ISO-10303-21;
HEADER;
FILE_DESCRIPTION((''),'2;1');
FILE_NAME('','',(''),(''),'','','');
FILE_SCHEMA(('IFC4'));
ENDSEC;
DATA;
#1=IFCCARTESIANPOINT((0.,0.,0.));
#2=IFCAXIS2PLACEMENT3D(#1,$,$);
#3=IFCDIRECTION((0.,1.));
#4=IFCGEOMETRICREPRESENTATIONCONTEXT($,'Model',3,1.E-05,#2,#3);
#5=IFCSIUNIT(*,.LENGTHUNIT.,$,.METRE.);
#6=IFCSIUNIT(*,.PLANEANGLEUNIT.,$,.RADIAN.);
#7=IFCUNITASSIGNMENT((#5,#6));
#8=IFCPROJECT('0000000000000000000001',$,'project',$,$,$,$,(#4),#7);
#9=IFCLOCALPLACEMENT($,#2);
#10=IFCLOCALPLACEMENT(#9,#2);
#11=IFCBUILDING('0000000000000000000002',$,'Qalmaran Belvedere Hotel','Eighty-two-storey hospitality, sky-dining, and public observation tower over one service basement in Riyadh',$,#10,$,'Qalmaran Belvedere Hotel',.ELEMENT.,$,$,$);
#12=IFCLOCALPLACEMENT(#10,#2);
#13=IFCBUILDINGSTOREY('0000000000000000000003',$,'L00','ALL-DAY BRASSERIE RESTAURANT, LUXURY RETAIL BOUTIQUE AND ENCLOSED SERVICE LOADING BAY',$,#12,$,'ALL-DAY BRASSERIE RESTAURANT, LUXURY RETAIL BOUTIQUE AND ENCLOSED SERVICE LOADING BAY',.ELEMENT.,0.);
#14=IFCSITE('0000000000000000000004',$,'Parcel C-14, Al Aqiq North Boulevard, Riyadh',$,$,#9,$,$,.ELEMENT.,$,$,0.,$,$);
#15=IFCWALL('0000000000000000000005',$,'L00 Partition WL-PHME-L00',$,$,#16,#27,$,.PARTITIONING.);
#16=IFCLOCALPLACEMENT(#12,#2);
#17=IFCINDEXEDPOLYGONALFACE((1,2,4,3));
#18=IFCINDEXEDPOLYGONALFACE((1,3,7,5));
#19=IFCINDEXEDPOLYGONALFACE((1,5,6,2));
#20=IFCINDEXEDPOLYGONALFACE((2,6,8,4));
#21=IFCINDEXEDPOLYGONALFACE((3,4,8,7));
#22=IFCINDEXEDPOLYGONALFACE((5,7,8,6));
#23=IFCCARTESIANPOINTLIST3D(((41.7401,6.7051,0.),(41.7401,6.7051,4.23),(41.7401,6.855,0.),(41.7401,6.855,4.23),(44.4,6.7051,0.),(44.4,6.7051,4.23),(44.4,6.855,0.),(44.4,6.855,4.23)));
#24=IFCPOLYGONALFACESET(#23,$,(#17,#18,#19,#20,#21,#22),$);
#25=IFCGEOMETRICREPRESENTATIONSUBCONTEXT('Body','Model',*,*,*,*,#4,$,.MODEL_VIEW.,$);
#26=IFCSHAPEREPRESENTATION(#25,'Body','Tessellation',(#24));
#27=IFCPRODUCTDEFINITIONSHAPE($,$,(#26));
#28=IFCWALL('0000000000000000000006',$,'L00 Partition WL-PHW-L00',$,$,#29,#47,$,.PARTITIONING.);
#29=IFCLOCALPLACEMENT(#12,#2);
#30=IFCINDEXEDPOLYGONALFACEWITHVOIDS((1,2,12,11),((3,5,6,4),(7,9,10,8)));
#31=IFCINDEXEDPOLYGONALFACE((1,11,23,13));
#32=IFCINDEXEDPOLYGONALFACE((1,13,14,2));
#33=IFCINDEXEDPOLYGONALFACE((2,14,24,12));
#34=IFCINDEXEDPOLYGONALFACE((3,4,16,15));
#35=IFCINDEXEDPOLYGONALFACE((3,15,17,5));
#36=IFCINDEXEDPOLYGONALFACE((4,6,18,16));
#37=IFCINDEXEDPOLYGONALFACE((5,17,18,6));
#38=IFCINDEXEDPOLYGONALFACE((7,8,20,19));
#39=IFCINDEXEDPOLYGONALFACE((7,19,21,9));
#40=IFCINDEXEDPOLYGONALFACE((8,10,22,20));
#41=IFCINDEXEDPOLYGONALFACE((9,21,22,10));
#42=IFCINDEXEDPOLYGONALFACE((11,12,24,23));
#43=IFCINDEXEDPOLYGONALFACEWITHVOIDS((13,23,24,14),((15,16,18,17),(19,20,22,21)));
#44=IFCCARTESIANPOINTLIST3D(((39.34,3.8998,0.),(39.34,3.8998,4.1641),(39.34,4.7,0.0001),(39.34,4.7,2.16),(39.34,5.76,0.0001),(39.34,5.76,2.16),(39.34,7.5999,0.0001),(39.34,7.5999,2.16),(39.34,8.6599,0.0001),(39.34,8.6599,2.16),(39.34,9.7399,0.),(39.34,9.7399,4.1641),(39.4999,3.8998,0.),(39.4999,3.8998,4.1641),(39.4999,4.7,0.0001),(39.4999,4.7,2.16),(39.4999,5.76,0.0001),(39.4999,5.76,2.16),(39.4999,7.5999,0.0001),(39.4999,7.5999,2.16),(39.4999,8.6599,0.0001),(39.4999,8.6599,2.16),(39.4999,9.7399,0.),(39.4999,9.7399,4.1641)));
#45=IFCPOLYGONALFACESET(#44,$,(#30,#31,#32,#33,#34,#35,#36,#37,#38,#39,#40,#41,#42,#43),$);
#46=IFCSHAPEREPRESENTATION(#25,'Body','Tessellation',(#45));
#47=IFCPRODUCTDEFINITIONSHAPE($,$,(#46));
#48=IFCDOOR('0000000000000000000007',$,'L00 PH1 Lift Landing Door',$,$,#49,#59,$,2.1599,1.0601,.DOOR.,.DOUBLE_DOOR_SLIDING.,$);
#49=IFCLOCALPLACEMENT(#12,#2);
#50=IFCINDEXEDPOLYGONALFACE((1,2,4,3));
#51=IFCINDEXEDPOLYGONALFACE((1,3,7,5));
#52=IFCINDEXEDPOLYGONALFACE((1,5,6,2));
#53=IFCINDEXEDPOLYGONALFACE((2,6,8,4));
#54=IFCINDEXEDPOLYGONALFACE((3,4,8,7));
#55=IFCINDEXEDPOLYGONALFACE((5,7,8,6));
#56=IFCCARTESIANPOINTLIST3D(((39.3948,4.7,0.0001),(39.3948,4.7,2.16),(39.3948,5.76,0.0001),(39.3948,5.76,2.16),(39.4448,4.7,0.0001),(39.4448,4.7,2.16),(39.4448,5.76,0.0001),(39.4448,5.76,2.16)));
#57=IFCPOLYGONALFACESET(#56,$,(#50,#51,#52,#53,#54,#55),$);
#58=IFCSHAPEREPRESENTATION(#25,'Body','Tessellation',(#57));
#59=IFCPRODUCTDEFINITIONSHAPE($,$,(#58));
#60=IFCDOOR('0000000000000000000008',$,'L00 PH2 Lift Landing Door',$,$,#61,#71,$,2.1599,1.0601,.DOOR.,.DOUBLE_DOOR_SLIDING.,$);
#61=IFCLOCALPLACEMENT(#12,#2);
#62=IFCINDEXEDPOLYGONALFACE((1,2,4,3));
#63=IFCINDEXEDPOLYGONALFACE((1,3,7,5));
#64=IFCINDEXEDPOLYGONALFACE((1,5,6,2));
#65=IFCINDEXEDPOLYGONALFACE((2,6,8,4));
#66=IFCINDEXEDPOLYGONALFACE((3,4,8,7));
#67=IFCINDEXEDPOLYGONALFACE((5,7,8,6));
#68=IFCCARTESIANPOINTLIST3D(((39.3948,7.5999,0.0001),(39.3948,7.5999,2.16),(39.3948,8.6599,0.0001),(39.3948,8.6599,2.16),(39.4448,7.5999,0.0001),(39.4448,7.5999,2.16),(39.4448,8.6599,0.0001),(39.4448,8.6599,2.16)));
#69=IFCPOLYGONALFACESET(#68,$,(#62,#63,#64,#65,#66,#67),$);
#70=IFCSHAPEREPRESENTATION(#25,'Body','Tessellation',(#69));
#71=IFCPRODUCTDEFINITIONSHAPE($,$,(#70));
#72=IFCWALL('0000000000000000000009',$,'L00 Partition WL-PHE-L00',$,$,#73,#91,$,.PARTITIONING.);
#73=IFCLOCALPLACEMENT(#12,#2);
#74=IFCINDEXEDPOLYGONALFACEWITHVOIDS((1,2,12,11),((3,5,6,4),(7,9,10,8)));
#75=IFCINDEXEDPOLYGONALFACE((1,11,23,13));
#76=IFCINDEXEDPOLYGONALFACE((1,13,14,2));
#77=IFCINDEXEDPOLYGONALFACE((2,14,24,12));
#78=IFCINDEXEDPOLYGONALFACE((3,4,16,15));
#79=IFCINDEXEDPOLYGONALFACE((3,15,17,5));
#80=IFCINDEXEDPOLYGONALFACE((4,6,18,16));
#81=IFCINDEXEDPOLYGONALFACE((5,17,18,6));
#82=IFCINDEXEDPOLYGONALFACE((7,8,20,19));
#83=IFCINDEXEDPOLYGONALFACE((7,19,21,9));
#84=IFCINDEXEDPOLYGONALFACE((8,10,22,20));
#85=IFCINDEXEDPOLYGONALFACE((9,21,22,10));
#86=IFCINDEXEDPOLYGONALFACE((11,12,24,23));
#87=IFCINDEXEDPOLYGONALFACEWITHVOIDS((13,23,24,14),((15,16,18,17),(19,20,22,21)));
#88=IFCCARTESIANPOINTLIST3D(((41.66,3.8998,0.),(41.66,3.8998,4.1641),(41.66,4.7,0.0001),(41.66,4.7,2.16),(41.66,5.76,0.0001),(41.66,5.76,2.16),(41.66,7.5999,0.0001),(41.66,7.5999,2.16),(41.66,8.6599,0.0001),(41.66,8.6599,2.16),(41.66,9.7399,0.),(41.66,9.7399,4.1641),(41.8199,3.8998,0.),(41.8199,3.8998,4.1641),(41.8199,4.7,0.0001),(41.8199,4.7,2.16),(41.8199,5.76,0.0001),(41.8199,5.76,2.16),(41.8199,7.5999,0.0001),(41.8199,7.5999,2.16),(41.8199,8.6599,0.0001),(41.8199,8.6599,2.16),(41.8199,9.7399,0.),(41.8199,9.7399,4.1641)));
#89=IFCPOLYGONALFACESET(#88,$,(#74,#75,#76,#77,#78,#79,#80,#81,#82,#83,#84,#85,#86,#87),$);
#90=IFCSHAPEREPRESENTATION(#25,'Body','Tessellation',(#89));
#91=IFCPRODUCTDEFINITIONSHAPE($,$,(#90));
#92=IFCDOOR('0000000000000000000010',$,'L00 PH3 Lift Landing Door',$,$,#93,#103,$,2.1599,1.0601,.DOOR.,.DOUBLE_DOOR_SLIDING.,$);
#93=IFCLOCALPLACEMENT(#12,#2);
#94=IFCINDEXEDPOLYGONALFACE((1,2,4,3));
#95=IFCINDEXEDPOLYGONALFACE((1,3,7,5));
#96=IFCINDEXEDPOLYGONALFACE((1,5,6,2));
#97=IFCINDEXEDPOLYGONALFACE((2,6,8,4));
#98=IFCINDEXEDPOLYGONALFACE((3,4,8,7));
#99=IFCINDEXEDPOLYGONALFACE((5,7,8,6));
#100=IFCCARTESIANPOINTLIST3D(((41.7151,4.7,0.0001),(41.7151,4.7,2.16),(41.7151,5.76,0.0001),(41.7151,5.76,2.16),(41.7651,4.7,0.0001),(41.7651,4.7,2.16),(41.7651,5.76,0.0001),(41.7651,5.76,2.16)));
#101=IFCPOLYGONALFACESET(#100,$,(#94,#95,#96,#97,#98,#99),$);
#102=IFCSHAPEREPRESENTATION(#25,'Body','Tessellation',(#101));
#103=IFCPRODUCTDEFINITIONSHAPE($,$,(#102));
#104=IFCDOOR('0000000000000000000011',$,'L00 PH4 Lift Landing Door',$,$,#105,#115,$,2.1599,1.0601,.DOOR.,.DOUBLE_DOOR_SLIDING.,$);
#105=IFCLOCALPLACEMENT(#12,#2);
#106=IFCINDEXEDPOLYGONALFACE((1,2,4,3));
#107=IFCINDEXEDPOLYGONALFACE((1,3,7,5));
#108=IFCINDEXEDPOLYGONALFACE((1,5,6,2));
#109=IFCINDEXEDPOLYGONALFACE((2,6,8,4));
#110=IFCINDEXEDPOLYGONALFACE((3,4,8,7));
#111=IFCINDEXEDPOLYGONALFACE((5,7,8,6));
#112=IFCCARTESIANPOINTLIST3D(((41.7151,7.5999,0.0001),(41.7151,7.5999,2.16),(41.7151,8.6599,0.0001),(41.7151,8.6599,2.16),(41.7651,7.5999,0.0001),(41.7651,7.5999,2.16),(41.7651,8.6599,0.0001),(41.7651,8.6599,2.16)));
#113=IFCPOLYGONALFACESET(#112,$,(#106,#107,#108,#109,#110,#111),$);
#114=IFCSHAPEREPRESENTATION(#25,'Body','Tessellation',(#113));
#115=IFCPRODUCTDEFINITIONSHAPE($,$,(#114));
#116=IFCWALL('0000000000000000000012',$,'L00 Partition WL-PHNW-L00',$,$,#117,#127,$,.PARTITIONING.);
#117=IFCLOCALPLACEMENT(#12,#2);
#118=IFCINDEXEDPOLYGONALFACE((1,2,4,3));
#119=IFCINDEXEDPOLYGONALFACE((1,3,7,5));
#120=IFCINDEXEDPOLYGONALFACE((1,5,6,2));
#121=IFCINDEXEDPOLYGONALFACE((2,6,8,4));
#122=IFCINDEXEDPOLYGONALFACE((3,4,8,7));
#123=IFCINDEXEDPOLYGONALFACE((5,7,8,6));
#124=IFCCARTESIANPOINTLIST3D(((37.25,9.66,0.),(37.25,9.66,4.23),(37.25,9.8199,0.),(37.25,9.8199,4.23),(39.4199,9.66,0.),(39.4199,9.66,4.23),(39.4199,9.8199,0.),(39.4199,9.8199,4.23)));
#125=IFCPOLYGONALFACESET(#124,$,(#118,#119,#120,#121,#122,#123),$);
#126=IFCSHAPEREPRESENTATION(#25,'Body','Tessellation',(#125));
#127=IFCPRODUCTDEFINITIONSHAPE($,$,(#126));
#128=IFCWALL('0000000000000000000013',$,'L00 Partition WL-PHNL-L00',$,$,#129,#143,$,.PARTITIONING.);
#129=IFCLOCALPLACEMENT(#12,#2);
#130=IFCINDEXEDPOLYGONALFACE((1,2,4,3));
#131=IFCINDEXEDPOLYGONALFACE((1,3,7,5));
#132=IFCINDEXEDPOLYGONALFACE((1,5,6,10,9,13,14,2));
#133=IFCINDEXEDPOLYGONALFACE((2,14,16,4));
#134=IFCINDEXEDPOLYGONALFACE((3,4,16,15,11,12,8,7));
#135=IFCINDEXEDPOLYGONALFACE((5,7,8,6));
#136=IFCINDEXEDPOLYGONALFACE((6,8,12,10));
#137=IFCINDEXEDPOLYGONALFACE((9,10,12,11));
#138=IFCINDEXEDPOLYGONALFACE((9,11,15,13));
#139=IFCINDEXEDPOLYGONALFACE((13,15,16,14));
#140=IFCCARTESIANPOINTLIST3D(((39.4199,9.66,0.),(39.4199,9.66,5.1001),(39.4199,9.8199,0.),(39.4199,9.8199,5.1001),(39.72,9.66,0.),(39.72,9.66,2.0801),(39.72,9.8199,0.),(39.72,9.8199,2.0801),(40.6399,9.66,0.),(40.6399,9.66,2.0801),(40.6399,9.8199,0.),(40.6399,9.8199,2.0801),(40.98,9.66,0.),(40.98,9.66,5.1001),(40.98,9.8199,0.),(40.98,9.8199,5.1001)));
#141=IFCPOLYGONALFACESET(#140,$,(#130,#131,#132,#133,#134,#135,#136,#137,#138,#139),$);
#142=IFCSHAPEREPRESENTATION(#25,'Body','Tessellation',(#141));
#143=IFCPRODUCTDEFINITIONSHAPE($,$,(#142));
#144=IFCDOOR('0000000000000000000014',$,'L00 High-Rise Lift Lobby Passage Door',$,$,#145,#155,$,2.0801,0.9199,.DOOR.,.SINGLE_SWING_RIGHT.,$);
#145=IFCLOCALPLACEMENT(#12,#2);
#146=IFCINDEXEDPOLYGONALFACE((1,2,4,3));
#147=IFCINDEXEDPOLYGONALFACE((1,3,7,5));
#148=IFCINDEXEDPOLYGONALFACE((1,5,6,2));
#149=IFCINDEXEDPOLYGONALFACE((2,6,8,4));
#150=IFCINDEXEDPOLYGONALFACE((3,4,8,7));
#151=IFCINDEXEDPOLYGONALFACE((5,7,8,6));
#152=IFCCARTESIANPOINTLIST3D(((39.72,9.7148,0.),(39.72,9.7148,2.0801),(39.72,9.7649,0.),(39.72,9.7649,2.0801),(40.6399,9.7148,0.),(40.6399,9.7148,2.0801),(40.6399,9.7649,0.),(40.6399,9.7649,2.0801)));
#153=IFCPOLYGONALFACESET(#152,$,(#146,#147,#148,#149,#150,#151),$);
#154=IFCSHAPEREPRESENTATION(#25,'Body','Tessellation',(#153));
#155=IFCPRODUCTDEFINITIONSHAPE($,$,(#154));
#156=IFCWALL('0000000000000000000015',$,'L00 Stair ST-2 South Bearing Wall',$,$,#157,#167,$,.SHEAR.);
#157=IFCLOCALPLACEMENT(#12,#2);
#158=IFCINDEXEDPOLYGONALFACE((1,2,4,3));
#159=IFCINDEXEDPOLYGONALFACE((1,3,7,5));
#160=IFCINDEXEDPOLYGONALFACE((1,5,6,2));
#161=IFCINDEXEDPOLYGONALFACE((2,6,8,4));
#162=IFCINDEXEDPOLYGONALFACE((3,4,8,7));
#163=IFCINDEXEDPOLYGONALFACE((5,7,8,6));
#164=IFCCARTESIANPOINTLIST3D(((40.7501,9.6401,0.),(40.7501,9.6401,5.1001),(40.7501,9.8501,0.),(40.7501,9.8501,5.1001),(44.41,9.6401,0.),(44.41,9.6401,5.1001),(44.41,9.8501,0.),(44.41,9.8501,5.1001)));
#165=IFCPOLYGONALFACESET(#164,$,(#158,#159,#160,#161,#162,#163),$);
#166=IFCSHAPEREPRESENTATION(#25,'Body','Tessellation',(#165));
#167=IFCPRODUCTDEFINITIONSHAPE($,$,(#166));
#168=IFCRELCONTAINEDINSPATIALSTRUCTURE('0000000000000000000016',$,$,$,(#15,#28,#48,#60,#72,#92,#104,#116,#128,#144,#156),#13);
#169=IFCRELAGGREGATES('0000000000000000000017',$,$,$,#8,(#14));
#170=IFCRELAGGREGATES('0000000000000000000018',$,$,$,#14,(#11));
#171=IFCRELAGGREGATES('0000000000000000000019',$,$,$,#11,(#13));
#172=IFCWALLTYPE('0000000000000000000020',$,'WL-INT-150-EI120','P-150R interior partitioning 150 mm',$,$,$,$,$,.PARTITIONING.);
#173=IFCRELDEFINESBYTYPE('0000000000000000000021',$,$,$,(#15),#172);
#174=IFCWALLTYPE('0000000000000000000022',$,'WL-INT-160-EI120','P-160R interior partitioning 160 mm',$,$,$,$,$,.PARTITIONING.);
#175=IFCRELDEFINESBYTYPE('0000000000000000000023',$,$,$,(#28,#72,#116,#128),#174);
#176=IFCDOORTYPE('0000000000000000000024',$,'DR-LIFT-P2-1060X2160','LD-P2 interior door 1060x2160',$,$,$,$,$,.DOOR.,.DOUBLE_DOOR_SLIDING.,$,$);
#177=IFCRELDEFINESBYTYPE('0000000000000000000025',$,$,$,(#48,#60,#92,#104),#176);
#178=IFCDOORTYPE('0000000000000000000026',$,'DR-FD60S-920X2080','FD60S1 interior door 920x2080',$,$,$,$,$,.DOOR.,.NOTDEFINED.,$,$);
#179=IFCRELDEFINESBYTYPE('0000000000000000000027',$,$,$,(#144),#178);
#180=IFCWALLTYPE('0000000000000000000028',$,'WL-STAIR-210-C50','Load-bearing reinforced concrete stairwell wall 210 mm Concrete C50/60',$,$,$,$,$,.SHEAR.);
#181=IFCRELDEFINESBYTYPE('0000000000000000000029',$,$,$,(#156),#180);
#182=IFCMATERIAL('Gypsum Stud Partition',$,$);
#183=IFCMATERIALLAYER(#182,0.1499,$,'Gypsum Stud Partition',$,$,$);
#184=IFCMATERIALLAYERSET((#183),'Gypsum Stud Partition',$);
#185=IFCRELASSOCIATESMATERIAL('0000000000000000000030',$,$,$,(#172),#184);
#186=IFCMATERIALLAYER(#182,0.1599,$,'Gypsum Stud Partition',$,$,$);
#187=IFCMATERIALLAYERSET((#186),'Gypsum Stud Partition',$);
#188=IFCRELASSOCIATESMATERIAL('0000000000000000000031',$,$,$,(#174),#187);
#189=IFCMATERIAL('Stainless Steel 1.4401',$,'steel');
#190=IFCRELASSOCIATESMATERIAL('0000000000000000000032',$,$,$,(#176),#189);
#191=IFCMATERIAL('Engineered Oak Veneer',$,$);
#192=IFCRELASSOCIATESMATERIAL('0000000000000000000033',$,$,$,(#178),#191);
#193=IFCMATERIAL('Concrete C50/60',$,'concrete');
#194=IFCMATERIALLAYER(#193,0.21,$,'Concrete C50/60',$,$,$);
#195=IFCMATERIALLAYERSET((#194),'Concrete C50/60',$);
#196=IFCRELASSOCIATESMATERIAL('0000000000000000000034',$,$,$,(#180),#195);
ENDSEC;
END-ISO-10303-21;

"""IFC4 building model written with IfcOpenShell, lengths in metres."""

from ifc_helpers import new_model, si_unit, direction, frame, frame_2d, origin, place, context, subcontext, project, spatial, rectangle, extrude, material, layer, layer_set, type_object, element, fill, save


model = new_model("IFC4")

# Units and contexts
model_context = context("Model", 3, precision=1e-05, world=origin(), true_north=direction((0.0, 1.0)))
body_context = subcontext(model_context, "Body", "Model", "MODEL_VIEW")
ifc_project = project(units=[si_unit("LENGTHUNIT", "METRE"), si_unit("PLANEANGLEUNIT", "RADIAN")], contexts=[model_context])

# Site, building, storey
site_placement = place(None, origin())
site = spatial("IfcSite", under=ifc_project, at=site_placement, Name="Parcel C-14, Al Aqiq North Boulevard, Riyadh", CompositionType="ELEMENT", RefElevation=0.0)
building_placement = place(site_placement, origin())
building = spatial("IfcBuilding", under=site, at=building_placement, Name="Qalmaran Belvedere Hotel", Description="Eighty-two-storey hospitality, sky-dining, and public observation tower over one service basement in Riyadh", LongName="Qalmaran Belvedere Hotel", CompositionType="ELEMENT")
storey_placement = place(building_placement, origin())
storey = spatial("IfcBuildingStorey", under=building, at=storey_placement, Name="L00", Description="ALL-DAY BRASSERIE RESTAURANT, LUXURY RETAIL BOUTIQUE AND ENCLOSED SERVICE LOADING BAY", LongName="ALL-DAY BRASSERIE RESTAURANT, LUXURY RETAIL BOUTIQUE AND ENCLOSED SERVICE LOADING BAY", CompositionType="ELEMENT", Elevation=0.0)

# Wall
ifc_material_1 = material(Name="Gypsum Stud Partition")
ifc_layer_1 = layer(ifc_material_1, 0.1499, Name="Gypsum Stud Partition")
ifc_layer_set_1 = layer_set([ifc_layer_1], Name="Gypsum Stud Partition")
wall_type_1 = type_object("IfcWallType", Name="WL-INT-150-EI120", Description="P-150R interior partitioning 150 mm", PredefinedType="PARTITIONING", material=ifc_layer_set_1)
wall_1_placement = place(storey_placement, frame((41.74, 6.78, 0.0), z_axis=(0.0, 0.0, 1.0), x_axis=(1.0, 0.0, 0.0)))
element("IfcWall", 1, at=wall_1_placement, inside=storey, type_object=wall_type_1, Name="L00 Partition WL-PHME-L00", PredefinedType="PARTITIONING", context=body_context, shape_type="SweptSolid", body=[
    extrude(rectangle(XDim=2.6599, YDim=0.1499, at=frame_2d((1.3301, 0.0))), origin(), (0.0, 0.0, 1.0), 4.23),
])

# Walls, openings, doors
ifc_layer_2 = layer(ifc_material_1, 0.1599, Name="Gypsum Stud Partition")
ifc_layer_set_2 = layer_set([ifc_layer_2], Name="Gypsum Stud Partition")
wall_type_2 = type_object("IfcWallType", Name="WL-INT-160-EI120", Description="P-160R interior partitioning 160 mm", PredefinedType="PARTITIONING", material=ifc_layer_set_2)
wall_2_placement = place(storey_placement, frame((39.4199, 3.8999, 0.0), z_axis=(0.0, 0.0, 1.0), x_axis=(0.0, 1.0, 0.0)))
wall_2 = element("IfcWall", 2, at=wall_2_placement, inside=storey, type_object=wall_type_2, Name="L00 Partition WL-PHW-L00", PredefinedType="PARTITIONING", context=body_context, shape_type="SweptSolid", body=[
    extrude(rectangle(XDim=5.8401, YDim=0.1599, at=frame_2d((2.9199, 0.0))), origin(), (0.0, 0.0, 1.0), 4.1641),
])
opening_1_placement = place(wall_2_placement, frame((1.8601, 0.0, 0.0), z_axis=(0.0, 0.0, 1.0), x_axis=(-1.0, 0.0, 0.0)))
opening_1 = element("IfcOpeningElement", 3, at=opening_1_placement, cuts=wall_2, PredefinedType="OPENING", context=body_context, shape_type="SweptSolid", body=[
    extrude(rectangle(XDim=1.0601, YDim=2.1599, at=frame_2d((0.53, 1.0801))), frame((0.0, 0.0898, 0.0), z_axis=(0.0, -1.0, 0.0), x_axis=(1.0, 0.0, 0.0)), (0.0, 0.0, 1.0), 0.1799),
])
opening_2_placement = place(wall_2_placement, frame((4.76, 0.0, 0.0), z_axis=(0.0, 0.0, 1.0), x_axis=(-1.0, 0.0, 0.0)))
opening_2 = element("IfcOpeningElement", 4, at=opening_2_placement, cuts=wall_2, PredefinedType="OPENING", context=body_context, shape_type="SweptSolid", body=[
    extrude(rectangle(XDim=1.0601, YDim=2.1599, at=frame_2d((0.53, 1.0801))), frame((0.0, 0.0898, 0.0), z_axis=(0.0, -1.0, 0.0), x_axis=(1.0, 0.0, 0.0)), (0.0, 0.0, 1.0), 0.1799),
])
ifc_material_2 = material(Name="Stainless Steel 1.4401", Category="steel")
door_type_1 = type_object("IfcDoorType", Name="DR-LIFT-P2-1060X2160", Description="LD-P2 interior door 1060x2160", OperationType="DOUBLE_DOOR_SLIDING", PredefinedType="DOOR", material=ifc_material_2)
door_1_placement = place(opening_1_placement, origin())
door_1 = element("IfcDoor", 5, at=door_1_placement, inside=storey, type_object=door_type_1, Name="L00 PH1 Lift Landing Door", OperationType="DOUBLE_DOOR_SLIDING", OverallHeight=2.1599, OverallWidth=1.0601, PredefinedType="DOOR", context=body_context, shape_type="SweptSolid", body=[
    extrude(rectangle(XDim=1.0601, YDim=2.1599, at=frame_2d((0.53, 1.0801))), frame((0.0, 0.0249, 0.0), z_axis=(0.0, -1.0, 0.0), x_axis=(1.0, 0.0, 0.0)), (0.0, 0.0, 1.0), 0.05),
])
fill(opening_1, door_1)
door_2_placement = place(opening_2_placement, origin())
door_2 = element("IfcDoor", 6, at=door_2_placement, inside=storey, type_object=door_type_1, Name="L00 PH2 Lift Landing Door", OperationType="DOUBLE_DOOR_SLIDING", OverallHeight=2.1599, OverallWidth=1.0601, PredefinedType="DOOR", context=body_context, shape_type="SweptSolid", body=[
    extrude(rectangle(XDim=1.0601, YDim=2.1599, at=frame_2d((0.53, 1.0801))), frame((0.0, 0.0249, 0.0), z_axis=(0.0, -1.0, 0.0), x_axis=(1.0, 0.0, 0.0)), (0.0, 0.0, 1.0), 0.05),
])
fill(opening_2, door_2)
wall_3_placement = place(storey_placement, frame((41.74, 3.8999, 0.0), z_axis=(0.0, 0.0, 1.0), x_axis=(0.0, 1.0, 0.0)))
wall_3 = element("IfcWall", 7, at=wall_3_placement, inside=storey, type_object=wall_type_2, Name="L00 Partition WL-PHE-L00", PredefinedType="PARTITIONING", context=body_context, shape_type="SweptSolid", body=[
    extrude(rectangle(XDim=5.8401, YDim=0.1599, at=frame_2d((2.9199, 0.0))), origin(), (0.0, 0.0, 1.0), 4.1641),
])
opening_3_placement = place(wall_3_placement, frame((0.8, 0.0, 0.0)))
opening_3 = element("IfcOpeningElement", 8, at=opening_3_placement, cuts=wall_3, PredefinedType="OPENING", context=body_context, shape_type="SweptSolid", body=[
    extrude(rectangle(XDim=1.0601, YDim=2.1599, at=frame_2d((0.53, 1.0801))), frame((0.0, 0.0898, 0.0), z_axis=(0.0, -1.0, 0.0), x_axis=(1.0, 0.0, 0.0)), (0.0, 0.0, 1.0), 0.1799),
])
opening_4_placement = place(wall_3_placement, frame((3.7, 0.0, 0.0)))
opening_4 = element("IfcOpeningElement", 9, at=opening_4_placement, cuts=wall_3, PredefinedType="OPENING", context=body_context, shape_type="SweptSolid", body=[
    extrude(rectangle(XDim=1.0601, YDim=2.1599, at=frame_2d((0.53, 1.0801))), frame((0.0, 0.0898, 0.0), z_axis=(0.0, -1.0, 0.0), x_axis=(1.0, 0.0, 0.0)), (0.0, 0.0, 1.0), 0.1799),
])
door_3_placement = place(opening_3_placement, origin())
door_3 = element("IfcDoor", 10, at=door_3_placement, inside=storey, type_object=door_type_1, Name="L00 PH3 Lift Landing Door", OperationType="DOUBLE_DOOR_SLIDING", OverallHeight=2.1599, OverallWidth=1.0601, PredefinedType="DOOR", context=body_context, shape_type="SweptSolid", body=[
    extrude(rectangle(XDim=1.0601, YDim=2.1599, at=frame_2d((0.53, 1.0801))), frame((0.0, 0.0249, 0.0), z_axis=(0.0, -1.0, 0.0), x_axis=(1.0, 0.0, 0.0)), (0.0, 0.0, 1.0), 0.05),
])
fill(opening_3, door_3)
door_4_placement = place(opening_4_placement, origin())
door_4 = element("IfcDoor", 11, at=door_4_placement, inside=storey, type_object=door_type_1, Name="L00 PH4 Lift Landing Door", OperationType="DOUBLE_DOOR_SLIDING", OverallHeight=2.1599, OverallWidth=1.0601, PredefinedType="DOOR", context=body_context, shape_type="SweptSolid", body=[
    extrude(rectangle(XDim=1.0601, YDim=2.1599, at=frame_2d((0.53, 1.0801))), frame((0.0, 0.0249, 0.0), z_axis=(0.0, -1.0, 0.0), x_axis=(1.0, 0.0, 0.0)), (0.0, 0.0, 1.0), 0.05),
])
fill(opening_4, door_4)

# Wall
wall_4_placement = place(storey_placement, frame((37.25, 9.74, 0.0), z_axis=(0.0, 0.0, 1.0), x_axis=(1.0, 0.0, 0.0)))
element("IfcWall", 12, at=wall_4_placement, inside=storey, type_object=wall_type_2, Name="L00 Partition WL-PHNW-L00", PredefinedType="PARTITIONING", context=body_context, shape_type="SweptSolid", body=[
    extrude(rectangle(XDim=2.1699, YDim=0.1599, at=frame_2d((1.085, 0.0))), origin(), (0.0, 0.0, 1.0), 4.23),
])

# Wall, opening, door
wall_5_placement = place(storey_placement, frame((39.4199, 9.74, 0.0), z_axis=(0.0, 0.0, 1.0), x_axis=(1.0, 0.0, 0.0)))
wall_5 = element("IfcWall", 13, at=wall_5_placement, inside=storey, type_object=wall_type_2, Name="L00 Partition WL-PHNL-L00", PredefinedType="PARTITIONING", context=body_context, shape_type="SweptSolid", body=[
    extrude(rectangle(XDim=1.5601, YDim=0.1599, at=frame_2d((0.78, 0.0))), origin(), (0.0, 0.0, 1.0), 5.1001),
])
opening_5_placement = place(wall_5_placement, frame((0.3, 0.0, 0.0)))
opening_5 = element("IfcOpeningElement", 14, at=opening_5_placement, cuts=wall_5, PredefinedType="OPENING", context=body_context, shape_type="SweptSolid", body=[
    extrude(rectangle(XDim=0.9199, YDim=2.0801, at=frame_2d((0.46, 1.04))), frame((0.0, 0.0898, 0.0), z_axis=(0.0, -1.0, 0.0), x_axis=(1.0, 0.0, 0.0)), (0.0, 0.0, 1.0), 0.1799),
])
ifc_material_3 = material(Name="Engineered Oak Veneer")
door_type_2 = type_object("IfcDoorType", Name="DR-FD60S-920X2080", Description="FD60S1 interior door 920x2080", OperationType="NOTDEFINED", PredefinedType="DOOR", material=ifc_material_3)
door_5_placement = place(opening_5_placement, origin())
door_5 = element("IfcDoor", 15, at=door_5_placement, inside=storey, type_object=door_type_2, Name="L00 High-Rise Lift Lobby Passage Door", OperationType="SINGLE_SWING_RIGHT", OverallHeight=2.0801, OverallWidth=0.9199, PredefinedType="DOOR", context=body_context, shape_type="SweptSolid", body=[
    extrude(rectangle(XDim=0.9199, YDim=2.0801, at=frame_2d((0.46, 1.04))), frame((0.0, 0.0249, 0.0), z_axis=(0.0, -1.0, 0.0), x_axis=(1.0, 0.0, 0.0)), (0.0, 0.0, 1.0), 0.05),
])
fill(opening_5, door_5)

# Wall
ifc_material_4 = material(Name="Concrete C50/60", Category="concrete")
ifc_layer_3 = layer(ifc_material_4, 0.21, Name="Concrete C50/60")
ifc_layer_set_3 = layer_set([ifc_layer_3], Name="Concrete C50/60")
wall_type_3 = type_object("IfcWallType", Name="WL-STAIR-210-C50", Description="Load-bearing reinforced concrete stairwell wall 210 mm Concrete C50/60", PredefinedType="SHEAR", material=ifc_layer_set_3)
wall_6_placement = place(storey_placement, frame((40.75, 9.7451, 0.0), z_axis=(0.0, 0.0, 1.0), x_axis=(1.0, 0.0, 0.0)))
element("IfcWall", 16, at=wall_6_placement, inside=storey, type_object=wall_type_3, Name="L00 Stair ST-2 South Bearing Wall", PredefinedType="SHEAR", context=body_context, shape_type="SweptSolid", body=[
    extrude(rectangle(XDim=3.6599, YDim=0.21, at=frame_2d((1.8301, 0.0))), origin(), (0.0, 0.0, 1.0), 5.1001),
])

save(model, "model.ifc")
